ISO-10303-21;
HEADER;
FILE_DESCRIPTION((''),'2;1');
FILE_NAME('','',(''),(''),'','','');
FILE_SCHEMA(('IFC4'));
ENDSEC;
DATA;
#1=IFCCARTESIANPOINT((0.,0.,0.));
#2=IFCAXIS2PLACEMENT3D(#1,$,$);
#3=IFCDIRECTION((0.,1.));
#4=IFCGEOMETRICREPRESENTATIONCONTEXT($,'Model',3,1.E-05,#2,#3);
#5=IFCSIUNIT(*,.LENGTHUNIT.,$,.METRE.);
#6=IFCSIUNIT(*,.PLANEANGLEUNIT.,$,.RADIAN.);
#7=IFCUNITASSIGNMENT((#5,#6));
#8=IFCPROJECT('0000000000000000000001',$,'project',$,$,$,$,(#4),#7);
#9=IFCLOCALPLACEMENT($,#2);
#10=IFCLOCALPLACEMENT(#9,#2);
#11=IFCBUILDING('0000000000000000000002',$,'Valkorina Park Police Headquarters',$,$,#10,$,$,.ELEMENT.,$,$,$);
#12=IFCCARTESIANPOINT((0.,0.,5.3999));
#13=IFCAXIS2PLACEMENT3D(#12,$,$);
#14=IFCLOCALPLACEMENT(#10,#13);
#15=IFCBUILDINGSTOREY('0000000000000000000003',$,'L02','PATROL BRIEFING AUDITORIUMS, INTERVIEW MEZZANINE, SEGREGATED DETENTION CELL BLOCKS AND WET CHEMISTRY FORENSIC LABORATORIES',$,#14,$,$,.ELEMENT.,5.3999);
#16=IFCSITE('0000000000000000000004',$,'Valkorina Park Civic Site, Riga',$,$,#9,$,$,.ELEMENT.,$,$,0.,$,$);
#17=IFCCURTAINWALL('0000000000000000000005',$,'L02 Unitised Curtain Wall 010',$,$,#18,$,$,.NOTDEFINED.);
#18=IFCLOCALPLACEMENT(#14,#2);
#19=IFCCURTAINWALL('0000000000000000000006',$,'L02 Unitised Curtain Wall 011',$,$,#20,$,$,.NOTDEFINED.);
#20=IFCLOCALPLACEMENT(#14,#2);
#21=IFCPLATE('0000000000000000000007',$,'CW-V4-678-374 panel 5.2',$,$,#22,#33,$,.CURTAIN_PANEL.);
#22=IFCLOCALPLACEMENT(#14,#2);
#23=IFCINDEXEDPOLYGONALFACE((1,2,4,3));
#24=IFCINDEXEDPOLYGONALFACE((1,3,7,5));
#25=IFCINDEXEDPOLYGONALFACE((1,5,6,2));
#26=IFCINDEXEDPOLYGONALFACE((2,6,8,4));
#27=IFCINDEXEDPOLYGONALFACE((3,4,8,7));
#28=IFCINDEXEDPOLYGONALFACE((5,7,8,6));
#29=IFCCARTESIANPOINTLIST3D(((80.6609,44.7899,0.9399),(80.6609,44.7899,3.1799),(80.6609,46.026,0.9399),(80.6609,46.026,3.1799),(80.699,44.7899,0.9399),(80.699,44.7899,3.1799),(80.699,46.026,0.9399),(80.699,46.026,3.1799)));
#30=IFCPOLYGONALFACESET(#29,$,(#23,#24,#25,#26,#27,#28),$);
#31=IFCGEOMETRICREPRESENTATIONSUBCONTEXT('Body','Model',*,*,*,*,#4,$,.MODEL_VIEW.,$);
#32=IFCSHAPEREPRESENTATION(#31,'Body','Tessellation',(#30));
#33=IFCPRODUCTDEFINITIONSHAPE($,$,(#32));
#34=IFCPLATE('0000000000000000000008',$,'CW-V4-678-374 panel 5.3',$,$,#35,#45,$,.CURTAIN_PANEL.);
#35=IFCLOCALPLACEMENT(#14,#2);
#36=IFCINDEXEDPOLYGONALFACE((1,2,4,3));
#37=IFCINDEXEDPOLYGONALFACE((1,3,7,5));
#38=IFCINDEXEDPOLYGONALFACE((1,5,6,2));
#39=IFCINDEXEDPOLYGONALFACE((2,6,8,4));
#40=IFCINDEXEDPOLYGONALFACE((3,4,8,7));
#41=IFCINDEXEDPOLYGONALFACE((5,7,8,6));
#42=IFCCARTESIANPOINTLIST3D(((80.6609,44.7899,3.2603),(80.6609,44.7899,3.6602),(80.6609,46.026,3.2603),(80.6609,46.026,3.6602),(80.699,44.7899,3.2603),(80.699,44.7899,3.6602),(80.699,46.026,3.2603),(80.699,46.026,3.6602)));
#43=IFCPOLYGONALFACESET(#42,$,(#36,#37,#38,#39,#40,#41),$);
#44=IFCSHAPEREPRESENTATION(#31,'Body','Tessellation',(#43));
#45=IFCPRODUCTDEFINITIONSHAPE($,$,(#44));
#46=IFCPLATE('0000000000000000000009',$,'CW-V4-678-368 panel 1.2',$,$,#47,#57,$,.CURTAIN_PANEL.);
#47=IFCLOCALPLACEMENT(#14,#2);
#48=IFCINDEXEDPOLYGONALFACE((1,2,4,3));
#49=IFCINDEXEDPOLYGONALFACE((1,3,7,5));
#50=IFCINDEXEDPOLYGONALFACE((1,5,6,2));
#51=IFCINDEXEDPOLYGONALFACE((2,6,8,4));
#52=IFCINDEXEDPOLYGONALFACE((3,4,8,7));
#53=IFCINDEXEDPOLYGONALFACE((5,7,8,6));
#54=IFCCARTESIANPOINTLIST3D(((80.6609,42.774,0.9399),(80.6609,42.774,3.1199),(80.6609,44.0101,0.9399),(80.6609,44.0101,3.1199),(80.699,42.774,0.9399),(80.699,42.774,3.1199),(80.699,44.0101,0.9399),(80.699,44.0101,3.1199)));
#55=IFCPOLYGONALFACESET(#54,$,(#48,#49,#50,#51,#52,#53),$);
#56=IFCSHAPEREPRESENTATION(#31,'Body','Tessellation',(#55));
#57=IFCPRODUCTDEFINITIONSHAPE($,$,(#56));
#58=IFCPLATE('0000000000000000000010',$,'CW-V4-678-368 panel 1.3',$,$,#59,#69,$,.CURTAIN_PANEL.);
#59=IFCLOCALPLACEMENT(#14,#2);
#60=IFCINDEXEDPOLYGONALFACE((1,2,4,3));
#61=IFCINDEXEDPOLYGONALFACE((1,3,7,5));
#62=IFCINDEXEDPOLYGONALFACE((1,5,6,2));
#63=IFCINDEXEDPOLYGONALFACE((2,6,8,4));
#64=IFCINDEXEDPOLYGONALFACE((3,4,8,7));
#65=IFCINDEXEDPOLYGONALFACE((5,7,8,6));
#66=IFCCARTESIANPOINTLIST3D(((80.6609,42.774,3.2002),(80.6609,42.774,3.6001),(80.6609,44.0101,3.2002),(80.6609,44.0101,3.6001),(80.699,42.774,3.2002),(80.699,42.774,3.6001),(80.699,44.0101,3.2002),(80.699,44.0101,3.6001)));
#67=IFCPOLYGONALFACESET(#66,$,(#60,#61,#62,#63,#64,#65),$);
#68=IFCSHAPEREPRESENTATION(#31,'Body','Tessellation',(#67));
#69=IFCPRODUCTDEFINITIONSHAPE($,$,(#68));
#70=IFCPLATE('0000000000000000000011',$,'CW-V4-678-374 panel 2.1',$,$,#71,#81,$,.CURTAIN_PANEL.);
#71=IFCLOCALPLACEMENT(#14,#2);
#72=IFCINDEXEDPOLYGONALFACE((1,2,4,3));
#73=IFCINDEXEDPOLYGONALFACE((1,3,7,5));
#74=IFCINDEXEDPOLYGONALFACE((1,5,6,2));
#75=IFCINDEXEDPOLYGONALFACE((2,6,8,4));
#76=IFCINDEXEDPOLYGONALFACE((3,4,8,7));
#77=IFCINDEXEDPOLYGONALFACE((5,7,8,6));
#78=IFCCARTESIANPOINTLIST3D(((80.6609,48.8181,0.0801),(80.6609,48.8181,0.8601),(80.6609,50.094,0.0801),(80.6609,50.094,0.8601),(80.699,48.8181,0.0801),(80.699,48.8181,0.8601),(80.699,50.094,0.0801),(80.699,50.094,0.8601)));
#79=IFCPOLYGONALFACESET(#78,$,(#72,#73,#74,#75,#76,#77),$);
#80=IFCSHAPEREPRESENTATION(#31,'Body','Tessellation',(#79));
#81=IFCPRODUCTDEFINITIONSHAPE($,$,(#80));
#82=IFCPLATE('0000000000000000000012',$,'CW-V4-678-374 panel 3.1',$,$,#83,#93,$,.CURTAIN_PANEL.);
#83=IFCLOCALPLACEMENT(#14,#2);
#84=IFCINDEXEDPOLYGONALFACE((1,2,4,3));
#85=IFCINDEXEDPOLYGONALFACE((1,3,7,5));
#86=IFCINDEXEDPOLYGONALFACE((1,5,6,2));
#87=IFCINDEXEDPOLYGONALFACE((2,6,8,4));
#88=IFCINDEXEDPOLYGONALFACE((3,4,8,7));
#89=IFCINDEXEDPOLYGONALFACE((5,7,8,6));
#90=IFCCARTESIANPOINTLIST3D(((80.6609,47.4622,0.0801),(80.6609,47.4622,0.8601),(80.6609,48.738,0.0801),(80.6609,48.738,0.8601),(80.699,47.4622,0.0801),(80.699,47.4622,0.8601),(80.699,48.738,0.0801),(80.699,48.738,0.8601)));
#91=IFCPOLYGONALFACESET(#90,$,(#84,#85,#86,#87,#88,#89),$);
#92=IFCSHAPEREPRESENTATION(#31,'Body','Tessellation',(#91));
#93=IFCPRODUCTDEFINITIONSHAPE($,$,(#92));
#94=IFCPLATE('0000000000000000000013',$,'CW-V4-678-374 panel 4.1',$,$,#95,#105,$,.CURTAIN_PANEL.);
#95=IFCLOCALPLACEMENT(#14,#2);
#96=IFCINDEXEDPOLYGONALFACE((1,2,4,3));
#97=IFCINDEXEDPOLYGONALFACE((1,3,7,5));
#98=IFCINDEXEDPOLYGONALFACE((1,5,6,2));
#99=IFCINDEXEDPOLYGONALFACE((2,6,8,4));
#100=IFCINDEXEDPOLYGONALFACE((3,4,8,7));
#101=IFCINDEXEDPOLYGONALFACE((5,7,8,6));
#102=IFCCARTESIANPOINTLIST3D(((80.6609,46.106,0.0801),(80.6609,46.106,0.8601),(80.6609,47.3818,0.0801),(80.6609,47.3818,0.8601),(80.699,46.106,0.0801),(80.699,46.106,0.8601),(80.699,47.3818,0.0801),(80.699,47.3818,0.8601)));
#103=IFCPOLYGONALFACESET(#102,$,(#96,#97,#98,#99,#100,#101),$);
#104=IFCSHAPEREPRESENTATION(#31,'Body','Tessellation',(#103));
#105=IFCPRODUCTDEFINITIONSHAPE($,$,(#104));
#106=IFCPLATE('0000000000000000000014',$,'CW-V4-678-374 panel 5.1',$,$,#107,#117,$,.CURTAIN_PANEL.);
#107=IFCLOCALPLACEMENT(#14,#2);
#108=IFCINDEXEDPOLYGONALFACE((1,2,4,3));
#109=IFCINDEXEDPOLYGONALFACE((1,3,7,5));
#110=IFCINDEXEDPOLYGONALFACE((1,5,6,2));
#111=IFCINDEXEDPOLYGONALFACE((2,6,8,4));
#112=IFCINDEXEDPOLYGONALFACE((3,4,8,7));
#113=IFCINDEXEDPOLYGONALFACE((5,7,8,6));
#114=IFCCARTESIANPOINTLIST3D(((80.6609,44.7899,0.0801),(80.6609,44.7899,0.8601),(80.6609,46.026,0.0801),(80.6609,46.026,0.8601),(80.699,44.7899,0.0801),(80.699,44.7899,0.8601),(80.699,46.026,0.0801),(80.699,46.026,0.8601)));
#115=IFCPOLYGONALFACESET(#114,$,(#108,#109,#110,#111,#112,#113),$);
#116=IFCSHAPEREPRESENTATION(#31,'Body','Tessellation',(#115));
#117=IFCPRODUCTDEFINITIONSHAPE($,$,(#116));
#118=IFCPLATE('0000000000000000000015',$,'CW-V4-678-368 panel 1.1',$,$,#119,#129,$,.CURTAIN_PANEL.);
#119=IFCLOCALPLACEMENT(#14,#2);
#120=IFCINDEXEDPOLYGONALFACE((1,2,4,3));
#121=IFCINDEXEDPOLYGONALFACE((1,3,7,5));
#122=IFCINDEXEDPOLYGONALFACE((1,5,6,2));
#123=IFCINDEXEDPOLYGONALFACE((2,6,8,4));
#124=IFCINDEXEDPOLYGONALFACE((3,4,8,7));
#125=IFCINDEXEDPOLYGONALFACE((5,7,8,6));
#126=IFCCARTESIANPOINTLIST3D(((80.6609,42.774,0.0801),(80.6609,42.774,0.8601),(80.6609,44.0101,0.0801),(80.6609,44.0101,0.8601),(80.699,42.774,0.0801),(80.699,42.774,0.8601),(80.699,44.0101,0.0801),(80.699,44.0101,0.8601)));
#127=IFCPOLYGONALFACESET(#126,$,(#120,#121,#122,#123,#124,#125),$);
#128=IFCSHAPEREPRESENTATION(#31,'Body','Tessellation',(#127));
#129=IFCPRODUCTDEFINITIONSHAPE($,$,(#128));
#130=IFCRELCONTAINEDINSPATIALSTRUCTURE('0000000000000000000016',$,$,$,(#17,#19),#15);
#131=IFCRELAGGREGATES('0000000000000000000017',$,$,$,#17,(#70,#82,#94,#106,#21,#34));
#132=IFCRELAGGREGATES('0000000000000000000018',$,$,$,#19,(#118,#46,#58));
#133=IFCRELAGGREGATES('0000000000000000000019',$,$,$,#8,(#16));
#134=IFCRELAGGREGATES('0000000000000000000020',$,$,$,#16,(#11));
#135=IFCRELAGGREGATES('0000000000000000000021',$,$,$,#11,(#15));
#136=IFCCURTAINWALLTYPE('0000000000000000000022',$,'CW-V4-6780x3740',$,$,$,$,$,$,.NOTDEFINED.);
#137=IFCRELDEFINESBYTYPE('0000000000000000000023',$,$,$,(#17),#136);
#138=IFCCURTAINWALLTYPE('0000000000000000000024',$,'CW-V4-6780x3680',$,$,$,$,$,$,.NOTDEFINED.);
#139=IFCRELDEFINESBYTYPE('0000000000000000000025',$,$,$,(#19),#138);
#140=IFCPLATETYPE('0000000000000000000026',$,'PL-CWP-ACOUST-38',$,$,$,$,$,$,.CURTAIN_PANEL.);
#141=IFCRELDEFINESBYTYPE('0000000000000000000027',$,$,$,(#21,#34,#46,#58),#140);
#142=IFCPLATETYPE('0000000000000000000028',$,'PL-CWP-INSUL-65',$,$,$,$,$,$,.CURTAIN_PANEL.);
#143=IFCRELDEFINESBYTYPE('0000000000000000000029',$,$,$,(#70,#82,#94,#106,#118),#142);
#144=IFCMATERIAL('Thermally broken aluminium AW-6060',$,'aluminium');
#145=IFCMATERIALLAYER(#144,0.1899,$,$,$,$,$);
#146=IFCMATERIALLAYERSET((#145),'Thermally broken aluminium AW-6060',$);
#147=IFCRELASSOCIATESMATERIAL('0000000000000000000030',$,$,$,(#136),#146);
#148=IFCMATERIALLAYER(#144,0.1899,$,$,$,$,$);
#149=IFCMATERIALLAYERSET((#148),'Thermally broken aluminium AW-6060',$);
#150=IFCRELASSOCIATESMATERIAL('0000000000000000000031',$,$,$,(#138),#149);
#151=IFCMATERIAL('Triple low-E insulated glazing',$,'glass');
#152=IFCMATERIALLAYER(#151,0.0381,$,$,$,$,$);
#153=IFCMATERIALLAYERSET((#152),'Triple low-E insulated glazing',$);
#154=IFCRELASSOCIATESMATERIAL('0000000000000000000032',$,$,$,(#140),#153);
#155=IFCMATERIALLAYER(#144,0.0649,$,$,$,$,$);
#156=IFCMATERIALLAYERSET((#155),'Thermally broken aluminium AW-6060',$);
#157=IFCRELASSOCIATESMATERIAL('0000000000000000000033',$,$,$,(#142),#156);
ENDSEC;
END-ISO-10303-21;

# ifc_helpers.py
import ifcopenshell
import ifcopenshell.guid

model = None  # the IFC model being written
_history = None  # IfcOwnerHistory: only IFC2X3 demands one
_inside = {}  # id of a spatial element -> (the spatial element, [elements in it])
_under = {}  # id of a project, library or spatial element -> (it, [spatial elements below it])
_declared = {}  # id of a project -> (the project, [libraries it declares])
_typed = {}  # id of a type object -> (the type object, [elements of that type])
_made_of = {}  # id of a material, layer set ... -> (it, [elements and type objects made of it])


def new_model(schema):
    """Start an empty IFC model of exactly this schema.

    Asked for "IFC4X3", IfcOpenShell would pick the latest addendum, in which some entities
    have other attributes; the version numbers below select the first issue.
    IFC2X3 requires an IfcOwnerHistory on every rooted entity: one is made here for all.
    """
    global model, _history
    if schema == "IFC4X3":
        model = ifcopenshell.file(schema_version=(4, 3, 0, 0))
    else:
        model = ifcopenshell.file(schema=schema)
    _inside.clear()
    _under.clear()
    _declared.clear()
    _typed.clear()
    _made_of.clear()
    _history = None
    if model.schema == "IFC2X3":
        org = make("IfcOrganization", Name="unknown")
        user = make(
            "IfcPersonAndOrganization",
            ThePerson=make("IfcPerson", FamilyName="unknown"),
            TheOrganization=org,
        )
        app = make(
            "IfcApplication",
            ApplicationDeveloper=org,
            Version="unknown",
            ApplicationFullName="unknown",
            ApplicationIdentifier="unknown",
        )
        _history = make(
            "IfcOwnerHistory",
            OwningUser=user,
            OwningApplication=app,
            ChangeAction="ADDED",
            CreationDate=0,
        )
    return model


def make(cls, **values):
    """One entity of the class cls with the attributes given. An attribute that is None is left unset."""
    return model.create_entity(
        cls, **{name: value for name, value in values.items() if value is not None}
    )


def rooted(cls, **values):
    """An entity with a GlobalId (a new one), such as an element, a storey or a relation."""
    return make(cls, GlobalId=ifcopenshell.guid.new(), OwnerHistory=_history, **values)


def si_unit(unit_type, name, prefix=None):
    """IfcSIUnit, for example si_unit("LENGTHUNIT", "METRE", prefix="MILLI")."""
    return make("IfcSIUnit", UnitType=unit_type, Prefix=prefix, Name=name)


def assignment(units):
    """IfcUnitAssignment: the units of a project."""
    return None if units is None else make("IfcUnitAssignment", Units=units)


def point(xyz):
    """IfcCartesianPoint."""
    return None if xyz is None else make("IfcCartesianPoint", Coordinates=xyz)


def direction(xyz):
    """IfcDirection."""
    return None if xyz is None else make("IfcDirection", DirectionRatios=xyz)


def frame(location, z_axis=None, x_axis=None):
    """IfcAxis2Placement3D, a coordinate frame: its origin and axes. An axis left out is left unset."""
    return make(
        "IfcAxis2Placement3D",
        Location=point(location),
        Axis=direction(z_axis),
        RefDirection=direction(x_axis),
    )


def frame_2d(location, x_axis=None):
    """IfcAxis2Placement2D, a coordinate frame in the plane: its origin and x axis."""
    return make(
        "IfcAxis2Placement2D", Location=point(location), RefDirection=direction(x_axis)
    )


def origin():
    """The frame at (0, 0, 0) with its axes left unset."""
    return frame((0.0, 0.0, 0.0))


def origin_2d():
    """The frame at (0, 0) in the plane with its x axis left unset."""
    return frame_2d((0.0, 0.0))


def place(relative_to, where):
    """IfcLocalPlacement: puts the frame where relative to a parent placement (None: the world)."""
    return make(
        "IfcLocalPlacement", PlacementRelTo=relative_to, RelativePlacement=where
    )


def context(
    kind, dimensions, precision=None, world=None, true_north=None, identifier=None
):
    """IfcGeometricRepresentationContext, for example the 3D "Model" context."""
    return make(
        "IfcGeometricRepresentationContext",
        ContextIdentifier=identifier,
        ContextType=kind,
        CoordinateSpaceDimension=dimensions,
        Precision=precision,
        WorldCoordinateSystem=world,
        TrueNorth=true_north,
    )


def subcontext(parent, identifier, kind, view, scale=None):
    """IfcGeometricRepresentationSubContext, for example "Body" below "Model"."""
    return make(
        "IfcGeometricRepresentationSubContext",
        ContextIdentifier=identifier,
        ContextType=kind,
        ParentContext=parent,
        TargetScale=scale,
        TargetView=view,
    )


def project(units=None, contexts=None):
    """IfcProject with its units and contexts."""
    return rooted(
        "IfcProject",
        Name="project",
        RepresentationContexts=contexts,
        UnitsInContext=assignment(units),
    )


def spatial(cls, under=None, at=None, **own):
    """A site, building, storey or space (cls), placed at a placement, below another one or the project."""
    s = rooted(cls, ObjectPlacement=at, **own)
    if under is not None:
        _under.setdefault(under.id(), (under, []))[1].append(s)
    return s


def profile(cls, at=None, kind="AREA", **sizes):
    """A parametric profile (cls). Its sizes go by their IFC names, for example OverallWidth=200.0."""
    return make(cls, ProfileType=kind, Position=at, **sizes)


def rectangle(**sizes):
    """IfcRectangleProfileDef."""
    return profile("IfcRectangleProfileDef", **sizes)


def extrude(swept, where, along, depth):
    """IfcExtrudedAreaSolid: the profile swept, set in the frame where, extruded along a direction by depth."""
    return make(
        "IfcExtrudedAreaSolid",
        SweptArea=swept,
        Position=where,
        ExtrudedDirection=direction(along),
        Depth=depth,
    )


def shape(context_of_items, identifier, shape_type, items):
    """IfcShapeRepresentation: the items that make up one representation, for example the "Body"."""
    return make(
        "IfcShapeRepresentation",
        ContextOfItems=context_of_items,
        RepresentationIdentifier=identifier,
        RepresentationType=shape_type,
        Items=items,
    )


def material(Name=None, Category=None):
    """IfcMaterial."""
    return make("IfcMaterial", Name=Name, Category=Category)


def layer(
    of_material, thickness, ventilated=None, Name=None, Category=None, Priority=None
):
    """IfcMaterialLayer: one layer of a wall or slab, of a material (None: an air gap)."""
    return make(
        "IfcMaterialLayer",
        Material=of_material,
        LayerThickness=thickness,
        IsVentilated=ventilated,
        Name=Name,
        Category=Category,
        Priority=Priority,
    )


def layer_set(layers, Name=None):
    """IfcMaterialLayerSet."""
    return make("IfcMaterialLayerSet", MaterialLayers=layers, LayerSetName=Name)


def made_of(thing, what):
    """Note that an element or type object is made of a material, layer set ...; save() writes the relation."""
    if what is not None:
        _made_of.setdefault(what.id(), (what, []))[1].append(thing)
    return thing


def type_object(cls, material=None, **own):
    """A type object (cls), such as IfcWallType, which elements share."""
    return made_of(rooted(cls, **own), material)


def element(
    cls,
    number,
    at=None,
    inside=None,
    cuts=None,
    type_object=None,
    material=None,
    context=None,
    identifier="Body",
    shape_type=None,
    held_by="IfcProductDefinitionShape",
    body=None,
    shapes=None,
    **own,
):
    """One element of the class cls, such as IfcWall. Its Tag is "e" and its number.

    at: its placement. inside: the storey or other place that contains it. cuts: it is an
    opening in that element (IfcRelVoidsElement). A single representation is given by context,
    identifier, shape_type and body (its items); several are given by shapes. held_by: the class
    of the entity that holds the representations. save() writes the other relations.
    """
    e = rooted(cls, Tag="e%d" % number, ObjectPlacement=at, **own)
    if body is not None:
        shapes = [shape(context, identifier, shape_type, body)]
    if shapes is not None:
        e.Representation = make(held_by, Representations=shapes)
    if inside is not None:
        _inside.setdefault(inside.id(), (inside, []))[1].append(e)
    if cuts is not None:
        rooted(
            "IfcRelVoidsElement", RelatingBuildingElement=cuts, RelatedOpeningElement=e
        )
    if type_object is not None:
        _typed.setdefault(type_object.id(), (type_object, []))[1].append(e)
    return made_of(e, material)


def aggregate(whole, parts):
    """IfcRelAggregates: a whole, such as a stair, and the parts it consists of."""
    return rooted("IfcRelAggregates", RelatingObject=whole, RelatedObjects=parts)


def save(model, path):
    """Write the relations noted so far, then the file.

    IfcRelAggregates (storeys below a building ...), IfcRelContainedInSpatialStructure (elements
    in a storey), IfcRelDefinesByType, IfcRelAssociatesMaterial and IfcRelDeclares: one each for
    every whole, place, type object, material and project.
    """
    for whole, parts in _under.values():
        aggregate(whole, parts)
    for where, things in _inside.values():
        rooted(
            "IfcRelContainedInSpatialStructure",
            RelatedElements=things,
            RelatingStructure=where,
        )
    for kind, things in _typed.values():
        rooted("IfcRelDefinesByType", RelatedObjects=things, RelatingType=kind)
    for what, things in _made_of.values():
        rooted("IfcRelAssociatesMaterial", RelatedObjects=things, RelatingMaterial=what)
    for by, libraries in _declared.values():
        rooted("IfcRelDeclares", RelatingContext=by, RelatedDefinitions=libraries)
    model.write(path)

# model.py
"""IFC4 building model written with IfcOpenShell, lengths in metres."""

from ifc_helpers import new_model, si_unit, direction, frame, origin, origin_2d, place, context, subcontext, project, spatial, rectangle, extrude, material, layer, layer_set, type_object, element, aggregate, save


model = new_model("IFC4")

# Units and contexts
model_context = context("Model", 3, precision=1e-05, world=origin(), true_north=direction((0.0, 1.0)))
body_context = subcontext(model_context, "Body", "Model", "MODEL_VIEW")
ifc_project = project(units=[si_unit("LENGTHUNIT", "METRE"), si_unit("PLANEANGLEUNIT", "RADIAN")], contexts=[model_context])

# Site, building, storey
site_placement = place(None, origin())
site = spatial("IfcSite", under=ifc_project, at=site_placement, Name="Valkorina Park Civic Site, Riga", CompositionType="ELEMENT", RefElevation=0.0)
building_placement = place(site_placement, origin())
building = spatial("IfcBuilding", under=site, at=building_placement, Name="Valkorina Park Police Headquarters", CompositionType="ELEMENT")
storey_placement = place(building_placement, frame((0.0, 0.0, 5.3999)))
storey = spatial("IfcBuildingStorey", under=building, at=storey_placement, Name="L02", Description="PATROL BRIEFING AUDITORIUMS, INTERVIEW MEZZANINE, SEGREGATED DETENTION CELL BLOCKS AND WET CHEMISTRY FORENSIC LABORATORIES", CompositionType="ELEMENT", Elevation=5.3999)

# Curtain walls
ifc_material_1 = material(Name="Thermally broken aluminium AW-6060", Category="aluminium")
ifc_layer_1 = layer(ifc_material_1, 0.1899)
ifc_layer_set_1 = layer_set([ifc_layer_1], Name="Thermally broken aluminium AW-6060")
curtain_wall_type_1 = type_object("IfcCurtainWallType", Name="CW-V4-6780x3740", PredefinedType="NOTDEFINED", material=ifc_layer_set_1)
curtain_wall_1_placement = place(storey_placement, origin())
curtain_wall_1 = element("IfcCurtainWall", 1, at=curtain_wall_1_placement, inside=storey, type_object=curtain_wall_type_1, Name="L02 Unitised Curtain Wall 010", PredefinedType="NOTDEFINED")
ifc_layer_2 = layer(ifc_material_1, 0.1899)
ifc_layer_set_2 = layer_set([ifc_layer_2], Name="Thermally broken aluminium AW-6060")
curtain_wall_type_2 = type_object("IfcCurtainWallType", Name="CW-V4-6780x3680", PredefinedType="NOTDEFINED", material=ifc_layer_set_2)
curtain_wall_2_placement = place(storey_placement, origin())
curtain_wall_2 = element("IfcCurtainWall", 2, at=curtain_wall_2_placement, inside=storey, type_object=curtain_wall_type_2, Name="L02 Unitised Curtain Wall 011", PredefinedType="NOTDEFINED")

# Plates
ifc_material_2 = material(Name="Triple low-E insulated glazing", Category="glass")
ifc_layer_3 = layer(ifc_material_2, 0.0381)
ifc_layer_set_3 = layer_set([ifc_layer_3], Name="Triple low-E insulated glazing")
plate_type_1 = type_object("IfcPlateType", Name="PL-CWP-ACOUST-38", PredefinedType="CURTAIN_PANEL", material=ifc_layer_set_3)
plate_1_placement = place(storey_placement, frame((80.6799, 45.408, 0.9399), z_axis=(0.0, 0.0, 1.0), x_axis=(0.0, -1.0, 0.0)))
plate_1 = element("IfcPlate", 3, at=plate_1_placement, type_object=plate_type_1, Name="CW-V4-678-374 panel 5.2", PredefinedType="CURTAIN_PANEL", context=body_context, shape_type="SweptSolid", body=[
    extrude(rectangle(XDim=1.2361, YDim=0.0381, at=origin_2d()), origin(), (0.0, 0.0, 1.0), 2.24),
])
plate_2_placement = place(storey_placement, frame((80.6799, 45.408, 3.2603), z_axis=(0.0, 0.0, 1.0), x_axis=(0.0, -1.0, 0.0)))
plate_2 = element("IfcPlate", 4, at=plate_2_placement, type_object=plate_type_1, Name="CW-V4-678-374 panel 5.3", PredefinedType="CURTAIN_PANEL", context=body_context, shape_type="SweptSolid", body=[
    extrude(rectangle(XDim=1.2361, YDim=0.0381, at=origin_2d()), origin(), (0.0, 0.0, 1.0), 0.3999),
])
plate_3_placement = place(storey_placement, frame((80.6799, 43.3921, 0.9399), z_axis=(0.0, 0.0, 1.0), x_axis=(0.0, -1.0, 0.0)))
plate_3 = element("IfcPlate", 5, at=plate_3_placement, type_object=plate_type_1, Name="CW-V4-678-368 panel 1.2", PredefinedType="CURTAIN_PANEL", context=body_context, shape_type="SweptSolid", body=[
    extrude(rectangle(XDim=1.2361, YDim=0.0381, at=origin_2d()), origin(), (0.0, 0.0, 1.0), 2.1799),
])
plate_4_placement = place(storey_placement, frame((80.6799, 43.3921, 3.2002), z_axis=(0.0, 0.0, 1.0), x_axis=(0.0, -1.0, 0.0)))
plate_4 = element("IfcPlate", 6, at=plate_4_placement, type_object=plate_type_1, Name="CW-V4-678-368 panel 1.3", PredefinedType="CURTAIN_PANEL", context=body_context, shape_type="SweptSolid", body=[
    extrude(rectangle(XDim=1.2361, YDim=0.0381, at=origin_2d()), origin(), (0.0, 0.0, 1.0), 0.3999),
])
ifc_layer_4 = layer(ifc_material_1, 0.0649)
ifc_layer_set_4 = layer_set([ifc_layer_4], Name="Thermally broken aluminium AW-6060")
plate_type_2 = type_object("IfcPlateType", Name="PL-CWP-INSUL-65", PredefinedType="CURTAIN_PANEL", material=ifc_layer_set_4)
plate_5_placement = place(storey_placement, frame((80.6799, 49.4561, 0.0801), z_axis=(0.0, 0.0, 1.0), x_axis=(0.0, -1.0, 0.0)))
plate_5 = element("IfcPlate", 7, at=plate_5_placement, type_object=plate_type_2, Name="CW-V4-678-374 panel 2.1", PredefinedType="CURTAIN_PANEL", context=body_context, shape_type="SweptSolid", body=[
    extrude(rectangle(XDim=1.2759, YDim=0.0381, at=origin_2d()), origin(), (0.0, 0.0, 1.0), 0.78),
])
plate_6_placement = place(storey_placement, frame((80.6799, 48.1001, 0.0801), z_axis=(0.0, 0.0, 1.0), x_axis=(0.0, -1.0, 0.0)))
plate_6 = element("IfcPlate", 8, at=plate_6_placement, type_object=plate_type_2, Name="CW-V4-678-374 panel 3.1", PredefinedType="CURTAIN_PANEL", context=body_context, shape_type="SweptSolid", body=[
    extrude(rectangle(XDim=1.2759, YDim=0.0381, at=origin_2d()), origin(), (0.0, 0.0, 1.0), 0.78),
])
plate_7_placement = place(storey_placement, frame((80.6799, 46.7439, 0.0801), z_axis=(0.0, 0.0, 1.0), x_axis=(0.0, -1.0, 0.0)))
plate_7 = element("IfcPlate", 9, at=plate_7_placement, type_object=plate_type_2, Name="CW-V4-678-374 panel 4.1", PredefinedType="CURTAIN_PANEL", context=body_context, shape_type="SweptSolid", body=[
    extrude(rectangle(XDim=1.2759, YDim=0.0381, at=origin_2d()), origin(), (0.0, 0.0, 1.0), 0.78),
])
plate_8_placement = place(storey_placement, frame((80.6799, 45.408, 0.0801), z_axis=(0.0, 0.0, 1.0), x_axis=(0.0, -1.0, 0.0)))
plate_8 = element("IfcPlate", 10, at=plate_8_placement, type_object=plate_type_2, Name="CW-V4-678-374 panel 5.1", PredefinedType="CURTAIN_PANEL", context=body_context, shape_type="SweptSolid", body=[
    extrude(rectangle(XDim=1.2361, YDim=0.0381, at=origin_2d()), origin(), (0.0, 0.0, 1.0), 0.78),
])
aggregate(curtain_wall_1, [plate_5, plate_6, plate_7, plate_8, plate_1, plate_2])
plate_9_placement = place(storey_placement, frame((80.6799, 43.3921, 0.0801), z_axis=(0.0, 0.0, 1.0), x_axis=(0.0, -1.0, 0.0)))
plate_9 = element("IfcPlate", 11, at=plate_9_placement, type_object=plate_type_2, Name="CW-V4-678-368 panel 1.1", PredefinedType="CURTAIN_PANEL", context=body_context, shape_type="SweptSolid", body=[
    extrude(rectangle(XDim=1.2361, YDim=0.0381, at=origin_2d()), origin(), (0.0, 0.0, 1.0), 0.78),
])
aggregate(curtain_wall_2, [plate_9, plate_3, plate_4])

save(model, "model.ifc")
